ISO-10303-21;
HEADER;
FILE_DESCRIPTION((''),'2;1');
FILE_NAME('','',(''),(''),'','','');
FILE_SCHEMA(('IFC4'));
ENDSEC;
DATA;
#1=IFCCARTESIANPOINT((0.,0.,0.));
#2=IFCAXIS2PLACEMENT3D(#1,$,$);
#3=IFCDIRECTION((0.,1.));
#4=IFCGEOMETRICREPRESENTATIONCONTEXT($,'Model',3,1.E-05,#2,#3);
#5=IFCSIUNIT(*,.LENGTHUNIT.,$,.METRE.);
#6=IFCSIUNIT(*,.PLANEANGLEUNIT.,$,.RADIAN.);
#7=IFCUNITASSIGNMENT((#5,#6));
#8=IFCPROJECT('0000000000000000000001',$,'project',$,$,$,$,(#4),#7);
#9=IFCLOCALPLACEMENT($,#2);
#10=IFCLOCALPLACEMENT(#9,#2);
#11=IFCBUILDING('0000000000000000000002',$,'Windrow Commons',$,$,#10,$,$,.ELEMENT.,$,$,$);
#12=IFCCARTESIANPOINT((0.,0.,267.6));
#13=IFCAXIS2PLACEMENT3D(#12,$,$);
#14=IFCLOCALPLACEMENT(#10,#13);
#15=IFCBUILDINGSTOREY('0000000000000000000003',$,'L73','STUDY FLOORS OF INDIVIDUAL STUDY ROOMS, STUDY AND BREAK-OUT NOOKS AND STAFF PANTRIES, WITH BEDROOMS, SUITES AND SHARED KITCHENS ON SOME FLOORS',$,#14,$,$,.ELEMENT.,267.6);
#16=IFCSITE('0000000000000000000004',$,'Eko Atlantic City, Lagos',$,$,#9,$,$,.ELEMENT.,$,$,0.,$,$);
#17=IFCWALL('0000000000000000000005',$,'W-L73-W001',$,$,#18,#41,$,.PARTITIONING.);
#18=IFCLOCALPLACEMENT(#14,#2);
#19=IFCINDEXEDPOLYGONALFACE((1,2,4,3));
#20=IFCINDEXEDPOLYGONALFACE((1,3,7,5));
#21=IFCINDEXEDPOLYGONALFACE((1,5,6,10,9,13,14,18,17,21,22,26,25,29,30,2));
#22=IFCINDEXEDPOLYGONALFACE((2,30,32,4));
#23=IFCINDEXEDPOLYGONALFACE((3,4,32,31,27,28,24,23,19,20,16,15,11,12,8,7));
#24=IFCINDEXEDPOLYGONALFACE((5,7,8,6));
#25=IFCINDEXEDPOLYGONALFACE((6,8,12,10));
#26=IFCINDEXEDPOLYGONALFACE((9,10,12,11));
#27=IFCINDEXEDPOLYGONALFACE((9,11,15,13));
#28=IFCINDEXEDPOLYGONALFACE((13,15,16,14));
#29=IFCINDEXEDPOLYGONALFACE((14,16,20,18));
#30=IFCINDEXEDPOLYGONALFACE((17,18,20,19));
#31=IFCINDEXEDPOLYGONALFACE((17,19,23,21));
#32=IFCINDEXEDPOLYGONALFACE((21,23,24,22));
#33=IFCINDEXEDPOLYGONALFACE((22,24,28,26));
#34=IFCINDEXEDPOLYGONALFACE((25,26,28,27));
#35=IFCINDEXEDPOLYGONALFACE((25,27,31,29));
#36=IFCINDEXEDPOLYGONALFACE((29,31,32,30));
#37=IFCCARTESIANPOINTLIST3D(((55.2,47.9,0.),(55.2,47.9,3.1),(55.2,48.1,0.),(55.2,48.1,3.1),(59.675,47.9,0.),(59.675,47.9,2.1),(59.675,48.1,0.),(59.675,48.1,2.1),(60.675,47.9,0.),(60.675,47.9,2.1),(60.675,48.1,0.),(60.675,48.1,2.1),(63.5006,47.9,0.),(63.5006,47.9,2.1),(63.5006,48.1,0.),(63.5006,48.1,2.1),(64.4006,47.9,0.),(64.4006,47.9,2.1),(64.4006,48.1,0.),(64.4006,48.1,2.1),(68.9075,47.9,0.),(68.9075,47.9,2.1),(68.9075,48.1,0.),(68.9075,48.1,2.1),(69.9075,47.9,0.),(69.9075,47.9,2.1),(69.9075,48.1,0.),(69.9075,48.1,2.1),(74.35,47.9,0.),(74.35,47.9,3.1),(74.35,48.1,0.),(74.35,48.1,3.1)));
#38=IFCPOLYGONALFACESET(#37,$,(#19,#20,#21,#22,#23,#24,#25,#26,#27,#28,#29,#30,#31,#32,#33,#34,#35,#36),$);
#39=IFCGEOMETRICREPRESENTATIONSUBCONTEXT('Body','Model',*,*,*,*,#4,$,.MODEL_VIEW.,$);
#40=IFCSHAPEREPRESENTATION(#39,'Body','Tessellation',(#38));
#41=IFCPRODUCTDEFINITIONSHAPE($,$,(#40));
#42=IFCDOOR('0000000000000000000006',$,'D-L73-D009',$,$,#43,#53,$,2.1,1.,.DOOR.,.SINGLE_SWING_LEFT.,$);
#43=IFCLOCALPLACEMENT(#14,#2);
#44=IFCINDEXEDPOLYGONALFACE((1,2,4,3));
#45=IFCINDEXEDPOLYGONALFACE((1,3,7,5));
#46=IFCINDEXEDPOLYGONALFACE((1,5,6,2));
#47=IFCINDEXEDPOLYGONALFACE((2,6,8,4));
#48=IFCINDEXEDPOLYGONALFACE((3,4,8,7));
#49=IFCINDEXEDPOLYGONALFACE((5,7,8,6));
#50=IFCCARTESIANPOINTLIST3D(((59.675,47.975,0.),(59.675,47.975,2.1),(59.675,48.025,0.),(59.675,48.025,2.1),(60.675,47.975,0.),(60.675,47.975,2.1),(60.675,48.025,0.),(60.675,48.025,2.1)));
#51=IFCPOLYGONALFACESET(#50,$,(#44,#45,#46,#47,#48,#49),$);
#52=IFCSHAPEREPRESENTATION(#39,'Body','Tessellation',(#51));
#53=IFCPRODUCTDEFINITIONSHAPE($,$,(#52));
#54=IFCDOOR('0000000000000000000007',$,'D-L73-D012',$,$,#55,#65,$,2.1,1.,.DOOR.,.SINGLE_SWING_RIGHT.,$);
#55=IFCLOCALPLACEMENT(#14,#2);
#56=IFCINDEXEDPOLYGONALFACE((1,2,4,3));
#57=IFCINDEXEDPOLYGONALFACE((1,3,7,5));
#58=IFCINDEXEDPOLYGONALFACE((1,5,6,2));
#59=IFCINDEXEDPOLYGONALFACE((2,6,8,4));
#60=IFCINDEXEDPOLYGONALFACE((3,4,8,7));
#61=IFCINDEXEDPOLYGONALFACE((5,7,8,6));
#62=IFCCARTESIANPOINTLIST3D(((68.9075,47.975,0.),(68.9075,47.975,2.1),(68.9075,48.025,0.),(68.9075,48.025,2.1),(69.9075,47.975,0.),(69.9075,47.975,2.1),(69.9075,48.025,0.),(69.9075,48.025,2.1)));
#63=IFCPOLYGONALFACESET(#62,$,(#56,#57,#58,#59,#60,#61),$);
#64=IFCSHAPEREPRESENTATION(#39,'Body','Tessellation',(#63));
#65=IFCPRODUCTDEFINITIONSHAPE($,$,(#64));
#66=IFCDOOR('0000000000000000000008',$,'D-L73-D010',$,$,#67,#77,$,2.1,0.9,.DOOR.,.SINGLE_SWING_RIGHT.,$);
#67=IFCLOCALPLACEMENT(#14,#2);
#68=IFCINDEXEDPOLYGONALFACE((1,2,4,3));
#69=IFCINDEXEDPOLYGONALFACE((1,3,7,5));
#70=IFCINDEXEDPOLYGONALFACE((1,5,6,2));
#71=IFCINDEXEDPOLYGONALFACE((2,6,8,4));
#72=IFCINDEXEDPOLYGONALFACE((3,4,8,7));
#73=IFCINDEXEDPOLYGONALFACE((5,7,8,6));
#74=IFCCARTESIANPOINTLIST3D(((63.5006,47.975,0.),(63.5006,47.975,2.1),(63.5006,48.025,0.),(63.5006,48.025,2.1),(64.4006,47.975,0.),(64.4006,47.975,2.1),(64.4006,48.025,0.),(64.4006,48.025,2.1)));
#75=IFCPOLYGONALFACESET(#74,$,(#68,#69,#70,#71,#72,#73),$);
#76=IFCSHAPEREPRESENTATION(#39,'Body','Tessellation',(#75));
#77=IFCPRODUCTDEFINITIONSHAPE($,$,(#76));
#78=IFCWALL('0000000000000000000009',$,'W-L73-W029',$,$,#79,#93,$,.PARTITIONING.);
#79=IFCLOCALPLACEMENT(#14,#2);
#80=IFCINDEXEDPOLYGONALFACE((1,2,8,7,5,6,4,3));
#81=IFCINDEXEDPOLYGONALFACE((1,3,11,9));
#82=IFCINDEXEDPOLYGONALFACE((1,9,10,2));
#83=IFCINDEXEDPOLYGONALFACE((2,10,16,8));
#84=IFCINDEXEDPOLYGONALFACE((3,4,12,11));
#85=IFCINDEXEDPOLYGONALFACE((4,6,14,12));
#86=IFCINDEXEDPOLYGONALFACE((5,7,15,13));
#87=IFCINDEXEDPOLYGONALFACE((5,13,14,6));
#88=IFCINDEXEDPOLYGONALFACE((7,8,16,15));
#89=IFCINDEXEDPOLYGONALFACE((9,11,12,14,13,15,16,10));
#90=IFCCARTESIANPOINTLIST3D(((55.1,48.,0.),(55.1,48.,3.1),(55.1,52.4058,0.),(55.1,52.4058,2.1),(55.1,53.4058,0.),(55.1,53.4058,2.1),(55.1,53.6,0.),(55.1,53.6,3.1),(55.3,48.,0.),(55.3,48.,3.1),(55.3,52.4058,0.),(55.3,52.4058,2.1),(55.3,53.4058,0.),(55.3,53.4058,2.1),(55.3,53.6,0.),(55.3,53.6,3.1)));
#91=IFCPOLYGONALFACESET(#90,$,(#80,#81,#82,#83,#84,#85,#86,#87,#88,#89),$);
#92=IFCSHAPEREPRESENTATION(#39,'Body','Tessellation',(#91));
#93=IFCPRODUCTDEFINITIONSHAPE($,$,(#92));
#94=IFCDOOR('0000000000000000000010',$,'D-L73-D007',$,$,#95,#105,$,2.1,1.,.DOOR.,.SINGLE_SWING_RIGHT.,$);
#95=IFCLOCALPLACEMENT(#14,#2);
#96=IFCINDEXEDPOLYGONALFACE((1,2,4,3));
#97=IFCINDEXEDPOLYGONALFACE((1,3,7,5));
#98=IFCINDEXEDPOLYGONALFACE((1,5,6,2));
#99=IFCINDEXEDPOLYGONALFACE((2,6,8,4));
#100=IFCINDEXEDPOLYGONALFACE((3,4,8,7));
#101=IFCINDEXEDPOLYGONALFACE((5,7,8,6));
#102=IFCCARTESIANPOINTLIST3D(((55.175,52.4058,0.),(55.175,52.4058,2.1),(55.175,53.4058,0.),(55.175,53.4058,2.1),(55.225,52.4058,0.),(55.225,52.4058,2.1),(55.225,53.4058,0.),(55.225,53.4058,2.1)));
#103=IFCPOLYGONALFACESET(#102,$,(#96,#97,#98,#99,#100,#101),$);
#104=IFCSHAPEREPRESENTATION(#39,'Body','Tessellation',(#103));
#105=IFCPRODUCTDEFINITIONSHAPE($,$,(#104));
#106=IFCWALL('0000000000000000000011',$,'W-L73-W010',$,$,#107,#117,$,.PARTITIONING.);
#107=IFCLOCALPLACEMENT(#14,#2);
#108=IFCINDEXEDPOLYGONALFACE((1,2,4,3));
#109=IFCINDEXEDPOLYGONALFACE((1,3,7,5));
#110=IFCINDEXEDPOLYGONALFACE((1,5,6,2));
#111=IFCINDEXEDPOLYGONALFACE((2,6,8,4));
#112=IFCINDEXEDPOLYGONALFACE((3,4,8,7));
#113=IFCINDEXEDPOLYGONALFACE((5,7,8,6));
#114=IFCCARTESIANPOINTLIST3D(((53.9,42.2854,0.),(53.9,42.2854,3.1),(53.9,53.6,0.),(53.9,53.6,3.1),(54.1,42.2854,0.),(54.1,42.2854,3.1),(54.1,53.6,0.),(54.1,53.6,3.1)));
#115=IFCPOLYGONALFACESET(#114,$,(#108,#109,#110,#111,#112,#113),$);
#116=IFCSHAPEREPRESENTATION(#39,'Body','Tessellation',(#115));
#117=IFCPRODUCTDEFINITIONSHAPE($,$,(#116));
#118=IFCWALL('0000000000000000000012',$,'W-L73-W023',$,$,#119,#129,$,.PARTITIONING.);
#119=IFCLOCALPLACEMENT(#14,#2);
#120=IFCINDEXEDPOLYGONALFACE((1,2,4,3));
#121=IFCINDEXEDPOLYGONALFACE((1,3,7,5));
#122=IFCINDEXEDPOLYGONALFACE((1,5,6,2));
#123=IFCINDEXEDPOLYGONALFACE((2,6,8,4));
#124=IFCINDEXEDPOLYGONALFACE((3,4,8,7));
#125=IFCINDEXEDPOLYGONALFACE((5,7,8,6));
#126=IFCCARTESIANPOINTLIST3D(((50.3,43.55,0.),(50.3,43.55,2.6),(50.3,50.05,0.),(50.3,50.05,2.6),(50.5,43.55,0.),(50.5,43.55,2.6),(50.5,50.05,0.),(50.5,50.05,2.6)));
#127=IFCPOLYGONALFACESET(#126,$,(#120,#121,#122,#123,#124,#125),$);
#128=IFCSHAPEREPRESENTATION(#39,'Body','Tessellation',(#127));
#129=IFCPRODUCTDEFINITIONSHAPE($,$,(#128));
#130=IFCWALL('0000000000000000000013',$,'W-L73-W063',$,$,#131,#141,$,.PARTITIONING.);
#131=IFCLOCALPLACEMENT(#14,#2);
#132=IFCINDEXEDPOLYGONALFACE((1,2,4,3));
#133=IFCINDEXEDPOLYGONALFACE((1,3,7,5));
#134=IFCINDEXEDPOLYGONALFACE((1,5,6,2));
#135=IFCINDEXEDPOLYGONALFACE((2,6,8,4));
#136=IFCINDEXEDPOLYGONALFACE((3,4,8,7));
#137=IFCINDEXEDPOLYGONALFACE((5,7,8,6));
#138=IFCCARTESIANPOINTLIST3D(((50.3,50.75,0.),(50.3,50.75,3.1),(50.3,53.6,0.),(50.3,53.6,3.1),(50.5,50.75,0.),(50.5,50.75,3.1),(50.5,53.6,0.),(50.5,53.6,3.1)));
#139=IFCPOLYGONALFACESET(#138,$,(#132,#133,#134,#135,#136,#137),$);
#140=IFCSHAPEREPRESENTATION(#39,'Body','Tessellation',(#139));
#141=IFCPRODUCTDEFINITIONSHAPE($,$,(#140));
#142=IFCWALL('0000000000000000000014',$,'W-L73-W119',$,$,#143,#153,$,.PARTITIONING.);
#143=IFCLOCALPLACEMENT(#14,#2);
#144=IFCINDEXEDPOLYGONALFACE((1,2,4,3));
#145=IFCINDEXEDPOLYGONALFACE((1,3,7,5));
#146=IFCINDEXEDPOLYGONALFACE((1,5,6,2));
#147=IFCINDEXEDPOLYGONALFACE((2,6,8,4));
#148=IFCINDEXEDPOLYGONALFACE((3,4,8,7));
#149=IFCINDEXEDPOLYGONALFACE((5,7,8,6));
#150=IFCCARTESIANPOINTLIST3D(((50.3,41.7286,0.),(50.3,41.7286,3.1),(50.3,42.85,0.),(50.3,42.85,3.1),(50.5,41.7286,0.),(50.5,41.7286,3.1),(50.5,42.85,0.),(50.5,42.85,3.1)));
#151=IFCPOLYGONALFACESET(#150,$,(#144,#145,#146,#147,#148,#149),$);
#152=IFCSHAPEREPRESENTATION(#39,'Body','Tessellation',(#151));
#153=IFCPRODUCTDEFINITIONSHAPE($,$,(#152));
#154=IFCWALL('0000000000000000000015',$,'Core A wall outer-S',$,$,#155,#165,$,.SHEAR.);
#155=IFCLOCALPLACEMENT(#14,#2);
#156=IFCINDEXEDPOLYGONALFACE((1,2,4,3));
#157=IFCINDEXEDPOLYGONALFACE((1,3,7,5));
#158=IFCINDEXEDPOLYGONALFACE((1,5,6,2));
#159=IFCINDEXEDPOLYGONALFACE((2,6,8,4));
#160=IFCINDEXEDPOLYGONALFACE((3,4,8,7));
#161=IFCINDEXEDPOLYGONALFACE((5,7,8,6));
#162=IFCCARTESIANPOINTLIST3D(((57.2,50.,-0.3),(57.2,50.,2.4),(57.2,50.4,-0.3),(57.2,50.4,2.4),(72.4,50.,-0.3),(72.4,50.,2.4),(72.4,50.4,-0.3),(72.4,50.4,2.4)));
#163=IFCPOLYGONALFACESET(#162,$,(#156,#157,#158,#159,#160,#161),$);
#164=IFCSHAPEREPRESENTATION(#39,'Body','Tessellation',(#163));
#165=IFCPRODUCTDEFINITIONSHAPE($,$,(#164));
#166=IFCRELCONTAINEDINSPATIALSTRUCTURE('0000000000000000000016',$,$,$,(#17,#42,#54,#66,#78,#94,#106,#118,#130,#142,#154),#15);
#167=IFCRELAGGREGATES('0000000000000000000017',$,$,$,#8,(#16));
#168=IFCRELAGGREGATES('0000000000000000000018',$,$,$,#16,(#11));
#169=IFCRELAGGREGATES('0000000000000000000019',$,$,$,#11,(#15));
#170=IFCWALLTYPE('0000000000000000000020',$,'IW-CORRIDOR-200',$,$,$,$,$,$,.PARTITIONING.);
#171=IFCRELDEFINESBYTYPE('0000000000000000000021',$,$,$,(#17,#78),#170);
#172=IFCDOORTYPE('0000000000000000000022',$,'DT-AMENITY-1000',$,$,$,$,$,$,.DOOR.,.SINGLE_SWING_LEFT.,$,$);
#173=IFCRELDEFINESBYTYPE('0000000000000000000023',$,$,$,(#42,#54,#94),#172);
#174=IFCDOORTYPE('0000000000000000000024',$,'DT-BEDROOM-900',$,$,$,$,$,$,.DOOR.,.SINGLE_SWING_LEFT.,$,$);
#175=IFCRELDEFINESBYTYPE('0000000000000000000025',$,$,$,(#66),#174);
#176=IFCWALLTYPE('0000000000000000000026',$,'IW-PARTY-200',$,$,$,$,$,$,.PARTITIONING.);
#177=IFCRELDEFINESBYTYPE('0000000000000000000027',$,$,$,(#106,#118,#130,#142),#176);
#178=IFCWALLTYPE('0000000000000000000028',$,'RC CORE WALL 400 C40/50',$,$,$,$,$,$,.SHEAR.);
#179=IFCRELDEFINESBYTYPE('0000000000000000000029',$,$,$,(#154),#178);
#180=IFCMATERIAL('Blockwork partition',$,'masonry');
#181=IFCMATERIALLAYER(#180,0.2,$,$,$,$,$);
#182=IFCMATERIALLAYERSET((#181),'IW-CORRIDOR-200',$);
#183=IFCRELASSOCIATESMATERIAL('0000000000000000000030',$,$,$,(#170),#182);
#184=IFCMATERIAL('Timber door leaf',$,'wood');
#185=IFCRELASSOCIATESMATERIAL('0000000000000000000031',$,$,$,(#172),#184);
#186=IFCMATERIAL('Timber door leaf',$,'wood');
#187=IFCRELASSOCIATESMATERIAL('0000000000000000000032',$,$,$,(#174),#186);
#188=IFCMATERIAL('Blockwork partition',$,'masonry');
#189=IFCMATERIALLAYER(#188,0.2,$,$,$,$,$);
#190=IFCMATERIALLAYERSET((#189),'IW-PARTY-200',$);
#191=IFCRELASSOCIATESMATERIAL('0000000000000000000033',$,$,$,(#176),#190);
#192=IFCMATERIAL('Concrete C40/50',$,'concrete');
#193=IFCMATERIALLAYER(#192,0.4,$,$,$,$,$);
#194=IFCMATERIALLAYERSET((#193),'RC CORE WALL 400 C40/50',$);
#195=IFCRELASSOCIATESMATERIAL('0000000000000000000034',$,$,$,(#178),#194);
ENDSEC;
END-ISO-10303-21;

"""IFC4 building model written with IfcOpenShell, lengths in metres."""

from ifc_helpers import new_model, si_unit, direction, frame, frame_2d, origin, place, context, subcontext, project, spatial, rectangle, extrude, material, layer, layer_set, type_object, element, fill, save


model = new_model("IFC4")

# Units and contexts
model_context = context("Model", 3, precision=1e-05, world=origin(), true_north=direction((0.0, 1.0)))
body_context = subcontext(model_context, "Body", "Model", "MODEL_VIEW")
ifc_project = project(units=[si_unit("LENGTHUNIT", "METRE"), si_unit("PLANEANGLEUNIT", "RADIAN")], contexts=[model_context])

# Site, building, storey
site_placement = place(None, origin())
site = spatial("IfcSite", under=ifc_project, at=site_placement, Name="Eko Atlantic City, Lagos", CompositionType="ELEMENT", RefElevation=0.0)
building_placement = place(site_placement, origin())
building = spatial("IfcBuilding", under=site, at=building_placement, Name="Windrow Commons", CompositionType="ELEMENT")
storey_placement = place(building_placement, frame((0.0, 0.0, 267.6)))
storey = spatial("IfcBuildingStorey", under=building, at=storey_placement, Name="L73", Description="STUDY FLOORS OF INDIVIDUAL STUDY ROOMS, STUDY AND BREAK-OUT NOOKS AND STAFF PANTRIES, WITH BEDROOMS, SUITES AND SHARED KITCHENS ON SOME FLOORS", CompositionType="ELEMENT", Elevation=267.6)

# Wall, openings, doors
ifc_material_1 = material(Name="Blockwork partition", Category="masonry")
ifc_layer_1 = layer(ifc_material_1, 0.2)
ifc_layer_set_1 = layer_set([ifc_layer_1], Name="IW-CORRIDOR-200")
wall_type_1 = type_object("IfcWallType", Name="IW-CORRIDOR-200", PredefinedType="PARTITIONING", material=ifc_layer_set_1)
wall_1_placement = place(storey_placement, frame((55.2, 48.0, 0.0), z_axis=(0.0, 0.0, 1.0), x_axis=(1.0, 0.0, 0.0)))
wall_1 = element("IfcWall", 1, at=wall_1_placement, inside=storey, type_object=wall_type_1, Name="W-L73-W001", PredefinedType="PARTITIONING", context=body_context, shape_type="SweptSolid", body=[
    extrude(rectangle(XDim=19.15, YDim=0.2, at=frame_2d((9.575, 0.0))), origin(), (0.0, 0.0, 1.0), 3.1),
])
opening_1_placement = place(wall_1_placement, frame((4.475, 0.0, 0.0)))
opening_1 = element("IfcOpeningElement", 2, at=opening_1_placement, cuts=wall_1, PredefinedType="OPENING", context=body_context, shape_type="SweptSolid", body=[
    extrude(rectangle(XDim=1.0, YDim=2.1, at=frame_2d((0.5, 1.05))), frame((0.0, 0.11, 0.0), z_axis=(0.0, -1.0, 0.0), x_axis=(1.0, 0.0, 0.0)), (0.0, 0.0, 1.0), 0.22),
])
opening_2_placement = place(wall_1_placement, frame((8.3006, 0.0, 0.0)))
opening_2 = element("IfcOpeningElement", 3, at=opening_2_placement, cuts=wall_1, PredefinedType="OPENING", context=body_context, shape_type="SweptSolid", body=[
    extrude(rectangle(XDim=0.9, YDim=2.1, at=frame_2d((0.45, 1.05))), frame((0.0, 0.11, 0.0), z_axis=(0.0, -1.0, 0.0), x_axis=(1.0, 0.0, 0.0)), (0.0, 0.0, 1.0), 0.22),
])
opening_3_placement = place(wall_1_placement, frame((13.7075, 0.0, 0.0)))
opening_3 = element("IfcOpeningElement", 4, at=opening_3_placement, cuts=wall_1, PredefinedType="OPENING", context=body_context, shape_type="SweptSolid", body=[
    extrude(rectangle(XDim=1.0, YDim=2.1, at=frame_2d((0.5, 1.05))), frame((0.0, 0.11, 0.0), z_axis=(0.0, -1.0, 0.0), x_axis=(1.0, 0.0, 0.0)), (0.0, 0.0, 1.0), 0.22),
])
ifc_material_2 = material(Name="Timber door leaf", Category="wood")
door_type_1 = type_object("IfcDoorType", Name="DT-AMENITY-1000", OperationType="SINGLE_SWING_LEFT", PredefinedType="DOOR", material=ifc_material_2)
door_1_placement = place(opening_1_placement, origin())
door_1 = element("IfcDoor", 5, at=door_1_placement, inside=storey, type_object=door_type_1, Name="D-L73-D009", OperationType="SINGLE_SWING_LEFT", OverallHeight=2.1, OverallWidth=1.0, PredefinedType="DOOR", context=body_context, shape_type="SweptSolid", body=[
    extrude(rectangle(XDim=1.0, YDim=2.1, at=frame_2d((0.5, 1.05))), frame((0.0, 0.025, 0.0), z_axis=(0.0, -1.0, 0.0), x_axis=(1.0, 0.0, 0.0)), (0.0, 0.0, 1.0), 0.05),
])
fill(opening_1, door_1)
door_2_placement = place(opening_3_placement, origin())
door_2 = element("IfcDoor", 6, at=door_2_placement, inside=storey, type_object=door_type_1, Name="D-L73-D012", OperationType="SINGLE_SWING_RIGHT", OverallHeight=2.1, OverallWidth=1.0, PredefinedType="DOOR", context=body_context, shape_type="SweptSolid", body=[
    extrude(rectangle(XDim=1.0, YDim=2.1, at=frame_2d((0.5, 1.05))), frame((0.0, 0.025, 0.0), z_axis=(0.0, -1.0, 0.0), x_axis=(1.0, 0.0, 0.0)), (0.0, 0.0, 1.0), 0.05),
])
fill(opening_3, door_2)
ifc_material_3 = material(Name="Timber door leaf", Category="wood")
door_type_2 = type_object("IfcDoorType", Name="DT-BEDROOM-900", OperationType="SINGLE_SWING_LEFT", PredefinedType="DOOR", material=ifc_material_3)
door_3_placement = place(opening_2_placement, origin())
door_3 = element("IfcDoor", 7, at=door_3_placement, inside=storey, type_object=door_type_2, Name="D-L73-D010", OperationType="SINGLE_SWING_RIGHT", OverallHeight=2.1, OverallWidth=0.9, PredefinedType="DOOR", context=body_context, shape_type="SweptSolid", body=[
    extrude(rectangle(XDim=0.9, YDim=2.1, at=frame_2d((0.45, 1.05))), frame((0.0, 0.025, 0.0), z_axis=(0.0, -1.0, 0.0), x_axis=(1.0, 0.0, 0.0)), (0.0, 0.0, 1.0), 0.05),
])
fill(opening_2, door_3)

# Wall, opening, door
wall_2_placement = place(storey_placement, frame((55.2, 48.0, 0.0), z_axis=(0.0, 0.0, 1.0), x_axis=(0.0, 1.0, 0.0)))
wall_2 = element("IfcWall", 8, at=wall_2_placement, inside=storey, type_object=wall_type_1, Name="W-L73-W029", PredefinedType="PARTITIONING", context=body_context, shape_type="SweptSolid", body=[
    extrude(rectangle(XDim=5.6, YDim=0.2, at=frame_2d((2.8, 0.0))), origin(), (0.0, 0.0, 1.0), 3.1),
])
opening_4_placement = place(wall_2_placement, frame((4.4058, 0.0, 0.0)))
opening_4 = element("IfcOpeningElement", 9, at=opening_4_placement, cuts=wall_2, PredefinedType="OPENING", context=body_context, shape_type="SweptSolid", body=[
    extrude(rectangle(XDim=1.0, YDim=2.1, at=frame_2d((0.5, 1.05))), frame((0.0, 0.11, 0.0), z_axis=(0.0, -1.0, 0.0), x_axis=(1.0, 0.0, 0.0)), (0.0, 0.0, 1.0), 0.22),
])
door_4_placement = place(opening_4_placement, origin())
door_4 = element("IfcDoor", 10, at=door_4_placement, inside=storey, type_object=door_type_1, Name="D-L73-D007", OperationType="SINGLE_SWING_RIGHT", OverallHeight=2.1, OverallWidth=1.0, PredefinedType="DOOR", context=body_context, shape_type="SweptSolid", body=[
    extrude(rectangle(XDim=1.0, YDim=2.1, at=frame_2d((0.5, 1.05))), frame((0.0, 0.025, 0.0), z_axis=(0.0, -1.0, 0.0), x_axis=(1.0, 0.0, 0.0)), (0.0, 0.0, 1.0), 0.05),
])
fill(opening_4, door_4)

# Walls
ifc_material_4 = material(Name="Blockwork partition", Category="masonry")
ifc_layer_2 = layer(ifc_material_4, 0.2)
ifc_layer_set_2 = layer_set([ifc_layer_2], Name="IW-PARTY-200")
wall_type_2 = type_object("IfcWallType", Name="IW-PARTY-200", PredefinedType="PARTITIONING", material=ifc_layer_set_2)
wall_3_placement = place(storey_placement, frame((54.0, 42.2854, 0.0), z_axis=(0.0, 0.0, 1.0), x_axis=(0.0, 1.0, 0.0)))
element("IfcWall", 11, at=wall_3_placement, inside=storey, type_object=wall_type_2, Name="W-L73-W010", PredefinedType="PARTITIONING", context=body_context, shape_type="SweptSolid", body=[
    extrude(rectangle(XDim=11.3146, YDim=0.2, at=frame_2d((5.6573, 0.0))), origin(), (0.0, 0.0, 1.0), 3.1),
])
wall_4_placement = place(storey_placement, frame((50.4, 43.55, 0.0), z_axis=(0.0, 0.0, 1.0), x_axis=(0.0, 1.0, 0.0)))
element("IfcWall", 12, at=wall_4_placement, inside=storey, type_object=wall_type_2, Name="W-L73-W023", PredefinedType="PARTITIONING", context=body_context, shape_type="SweptSolid", body=[
    extrude(rectangle(XDim=6.5, YDim=0.2, at=frame_2d((3.25, 0.0))), origin(), (0.0, 0.0, 1.0), 2.6),
])
wall_5_placement = place(storey_placement, frame((50.4, 50.75, 0.0), z_axis=(0.0, 0.0, 1.0), x_axis=(0.0, 1.0, 0.0)))
element("IfcWall", 13, at=wall_5_placement, inside=storey, type_object=wall_type_2, Name="W-L73-W063", PredefinedType="PARTITIONING", context=body_context, shape_type="SweptSolid", body=[
    extrude(rectangle(XDim=2.85, YDim=0.2, at=frame_2d((1.425, 0.0))), origin(), (0.0, 0.0, 1.0), 3.1),
])
wall_6_placement = place(storey_placement, frame((50.4, 41.7287, 0.0), z_axis=(0.0, 0.0, 1.0), x_axis=(0.0, 1.0, 0.0)))
element("IfcWall", 14, at=wall_6_placement, inside=storey, type_object=wall_type_2, Name="W-L73-W119", PredefinedType="PARTITIONING", context=body_context, shape_type="SweptSolid", body=[
    extrude(rectangle(XDim=1.1213, YDim=0.2, at=frame_2d((0.5606, 0.0))), origin(), (0.0, 0.0, 1.0), 3.1),
])
ifc_material_5 = material(Name="Concrete C40/50", Category="concrete")
ifc_layer_3 = layer(ifc_material_5, 0.4)
ifc_layer_set_3 = layer_set([ifc_layer_3], Name="RC CORE WALL 400 C40/50")
wall_type_3 = type_object("IfcWallType", Name="RC CORE WALL 400 C40/50", PredefinedType="SHEAR", material=ifc_layer_set_3)
wall_7_placement = place(storey_placement, frame((57.2, 50.2, -0.3), z_axis=(0.0, 0.0, 1.0), x_axis=(1.0, 0.0, 0.0)))
element("IfcWall", 15, at=wall_7_placement, inside=storey, type_object=wall_type_3, Name="Core A wall outer-S", PredefinedType="SHEAR", context=body_context, shape_type="SweptSolid", body=[
    extrude(rectangle(XDim=15.2, YDim=0.4, at=frame_2d((7.6, 0.0))), origin(), (0.0, 0.0, 1.0), 2.7),
])

save(model, "model.ifc")
